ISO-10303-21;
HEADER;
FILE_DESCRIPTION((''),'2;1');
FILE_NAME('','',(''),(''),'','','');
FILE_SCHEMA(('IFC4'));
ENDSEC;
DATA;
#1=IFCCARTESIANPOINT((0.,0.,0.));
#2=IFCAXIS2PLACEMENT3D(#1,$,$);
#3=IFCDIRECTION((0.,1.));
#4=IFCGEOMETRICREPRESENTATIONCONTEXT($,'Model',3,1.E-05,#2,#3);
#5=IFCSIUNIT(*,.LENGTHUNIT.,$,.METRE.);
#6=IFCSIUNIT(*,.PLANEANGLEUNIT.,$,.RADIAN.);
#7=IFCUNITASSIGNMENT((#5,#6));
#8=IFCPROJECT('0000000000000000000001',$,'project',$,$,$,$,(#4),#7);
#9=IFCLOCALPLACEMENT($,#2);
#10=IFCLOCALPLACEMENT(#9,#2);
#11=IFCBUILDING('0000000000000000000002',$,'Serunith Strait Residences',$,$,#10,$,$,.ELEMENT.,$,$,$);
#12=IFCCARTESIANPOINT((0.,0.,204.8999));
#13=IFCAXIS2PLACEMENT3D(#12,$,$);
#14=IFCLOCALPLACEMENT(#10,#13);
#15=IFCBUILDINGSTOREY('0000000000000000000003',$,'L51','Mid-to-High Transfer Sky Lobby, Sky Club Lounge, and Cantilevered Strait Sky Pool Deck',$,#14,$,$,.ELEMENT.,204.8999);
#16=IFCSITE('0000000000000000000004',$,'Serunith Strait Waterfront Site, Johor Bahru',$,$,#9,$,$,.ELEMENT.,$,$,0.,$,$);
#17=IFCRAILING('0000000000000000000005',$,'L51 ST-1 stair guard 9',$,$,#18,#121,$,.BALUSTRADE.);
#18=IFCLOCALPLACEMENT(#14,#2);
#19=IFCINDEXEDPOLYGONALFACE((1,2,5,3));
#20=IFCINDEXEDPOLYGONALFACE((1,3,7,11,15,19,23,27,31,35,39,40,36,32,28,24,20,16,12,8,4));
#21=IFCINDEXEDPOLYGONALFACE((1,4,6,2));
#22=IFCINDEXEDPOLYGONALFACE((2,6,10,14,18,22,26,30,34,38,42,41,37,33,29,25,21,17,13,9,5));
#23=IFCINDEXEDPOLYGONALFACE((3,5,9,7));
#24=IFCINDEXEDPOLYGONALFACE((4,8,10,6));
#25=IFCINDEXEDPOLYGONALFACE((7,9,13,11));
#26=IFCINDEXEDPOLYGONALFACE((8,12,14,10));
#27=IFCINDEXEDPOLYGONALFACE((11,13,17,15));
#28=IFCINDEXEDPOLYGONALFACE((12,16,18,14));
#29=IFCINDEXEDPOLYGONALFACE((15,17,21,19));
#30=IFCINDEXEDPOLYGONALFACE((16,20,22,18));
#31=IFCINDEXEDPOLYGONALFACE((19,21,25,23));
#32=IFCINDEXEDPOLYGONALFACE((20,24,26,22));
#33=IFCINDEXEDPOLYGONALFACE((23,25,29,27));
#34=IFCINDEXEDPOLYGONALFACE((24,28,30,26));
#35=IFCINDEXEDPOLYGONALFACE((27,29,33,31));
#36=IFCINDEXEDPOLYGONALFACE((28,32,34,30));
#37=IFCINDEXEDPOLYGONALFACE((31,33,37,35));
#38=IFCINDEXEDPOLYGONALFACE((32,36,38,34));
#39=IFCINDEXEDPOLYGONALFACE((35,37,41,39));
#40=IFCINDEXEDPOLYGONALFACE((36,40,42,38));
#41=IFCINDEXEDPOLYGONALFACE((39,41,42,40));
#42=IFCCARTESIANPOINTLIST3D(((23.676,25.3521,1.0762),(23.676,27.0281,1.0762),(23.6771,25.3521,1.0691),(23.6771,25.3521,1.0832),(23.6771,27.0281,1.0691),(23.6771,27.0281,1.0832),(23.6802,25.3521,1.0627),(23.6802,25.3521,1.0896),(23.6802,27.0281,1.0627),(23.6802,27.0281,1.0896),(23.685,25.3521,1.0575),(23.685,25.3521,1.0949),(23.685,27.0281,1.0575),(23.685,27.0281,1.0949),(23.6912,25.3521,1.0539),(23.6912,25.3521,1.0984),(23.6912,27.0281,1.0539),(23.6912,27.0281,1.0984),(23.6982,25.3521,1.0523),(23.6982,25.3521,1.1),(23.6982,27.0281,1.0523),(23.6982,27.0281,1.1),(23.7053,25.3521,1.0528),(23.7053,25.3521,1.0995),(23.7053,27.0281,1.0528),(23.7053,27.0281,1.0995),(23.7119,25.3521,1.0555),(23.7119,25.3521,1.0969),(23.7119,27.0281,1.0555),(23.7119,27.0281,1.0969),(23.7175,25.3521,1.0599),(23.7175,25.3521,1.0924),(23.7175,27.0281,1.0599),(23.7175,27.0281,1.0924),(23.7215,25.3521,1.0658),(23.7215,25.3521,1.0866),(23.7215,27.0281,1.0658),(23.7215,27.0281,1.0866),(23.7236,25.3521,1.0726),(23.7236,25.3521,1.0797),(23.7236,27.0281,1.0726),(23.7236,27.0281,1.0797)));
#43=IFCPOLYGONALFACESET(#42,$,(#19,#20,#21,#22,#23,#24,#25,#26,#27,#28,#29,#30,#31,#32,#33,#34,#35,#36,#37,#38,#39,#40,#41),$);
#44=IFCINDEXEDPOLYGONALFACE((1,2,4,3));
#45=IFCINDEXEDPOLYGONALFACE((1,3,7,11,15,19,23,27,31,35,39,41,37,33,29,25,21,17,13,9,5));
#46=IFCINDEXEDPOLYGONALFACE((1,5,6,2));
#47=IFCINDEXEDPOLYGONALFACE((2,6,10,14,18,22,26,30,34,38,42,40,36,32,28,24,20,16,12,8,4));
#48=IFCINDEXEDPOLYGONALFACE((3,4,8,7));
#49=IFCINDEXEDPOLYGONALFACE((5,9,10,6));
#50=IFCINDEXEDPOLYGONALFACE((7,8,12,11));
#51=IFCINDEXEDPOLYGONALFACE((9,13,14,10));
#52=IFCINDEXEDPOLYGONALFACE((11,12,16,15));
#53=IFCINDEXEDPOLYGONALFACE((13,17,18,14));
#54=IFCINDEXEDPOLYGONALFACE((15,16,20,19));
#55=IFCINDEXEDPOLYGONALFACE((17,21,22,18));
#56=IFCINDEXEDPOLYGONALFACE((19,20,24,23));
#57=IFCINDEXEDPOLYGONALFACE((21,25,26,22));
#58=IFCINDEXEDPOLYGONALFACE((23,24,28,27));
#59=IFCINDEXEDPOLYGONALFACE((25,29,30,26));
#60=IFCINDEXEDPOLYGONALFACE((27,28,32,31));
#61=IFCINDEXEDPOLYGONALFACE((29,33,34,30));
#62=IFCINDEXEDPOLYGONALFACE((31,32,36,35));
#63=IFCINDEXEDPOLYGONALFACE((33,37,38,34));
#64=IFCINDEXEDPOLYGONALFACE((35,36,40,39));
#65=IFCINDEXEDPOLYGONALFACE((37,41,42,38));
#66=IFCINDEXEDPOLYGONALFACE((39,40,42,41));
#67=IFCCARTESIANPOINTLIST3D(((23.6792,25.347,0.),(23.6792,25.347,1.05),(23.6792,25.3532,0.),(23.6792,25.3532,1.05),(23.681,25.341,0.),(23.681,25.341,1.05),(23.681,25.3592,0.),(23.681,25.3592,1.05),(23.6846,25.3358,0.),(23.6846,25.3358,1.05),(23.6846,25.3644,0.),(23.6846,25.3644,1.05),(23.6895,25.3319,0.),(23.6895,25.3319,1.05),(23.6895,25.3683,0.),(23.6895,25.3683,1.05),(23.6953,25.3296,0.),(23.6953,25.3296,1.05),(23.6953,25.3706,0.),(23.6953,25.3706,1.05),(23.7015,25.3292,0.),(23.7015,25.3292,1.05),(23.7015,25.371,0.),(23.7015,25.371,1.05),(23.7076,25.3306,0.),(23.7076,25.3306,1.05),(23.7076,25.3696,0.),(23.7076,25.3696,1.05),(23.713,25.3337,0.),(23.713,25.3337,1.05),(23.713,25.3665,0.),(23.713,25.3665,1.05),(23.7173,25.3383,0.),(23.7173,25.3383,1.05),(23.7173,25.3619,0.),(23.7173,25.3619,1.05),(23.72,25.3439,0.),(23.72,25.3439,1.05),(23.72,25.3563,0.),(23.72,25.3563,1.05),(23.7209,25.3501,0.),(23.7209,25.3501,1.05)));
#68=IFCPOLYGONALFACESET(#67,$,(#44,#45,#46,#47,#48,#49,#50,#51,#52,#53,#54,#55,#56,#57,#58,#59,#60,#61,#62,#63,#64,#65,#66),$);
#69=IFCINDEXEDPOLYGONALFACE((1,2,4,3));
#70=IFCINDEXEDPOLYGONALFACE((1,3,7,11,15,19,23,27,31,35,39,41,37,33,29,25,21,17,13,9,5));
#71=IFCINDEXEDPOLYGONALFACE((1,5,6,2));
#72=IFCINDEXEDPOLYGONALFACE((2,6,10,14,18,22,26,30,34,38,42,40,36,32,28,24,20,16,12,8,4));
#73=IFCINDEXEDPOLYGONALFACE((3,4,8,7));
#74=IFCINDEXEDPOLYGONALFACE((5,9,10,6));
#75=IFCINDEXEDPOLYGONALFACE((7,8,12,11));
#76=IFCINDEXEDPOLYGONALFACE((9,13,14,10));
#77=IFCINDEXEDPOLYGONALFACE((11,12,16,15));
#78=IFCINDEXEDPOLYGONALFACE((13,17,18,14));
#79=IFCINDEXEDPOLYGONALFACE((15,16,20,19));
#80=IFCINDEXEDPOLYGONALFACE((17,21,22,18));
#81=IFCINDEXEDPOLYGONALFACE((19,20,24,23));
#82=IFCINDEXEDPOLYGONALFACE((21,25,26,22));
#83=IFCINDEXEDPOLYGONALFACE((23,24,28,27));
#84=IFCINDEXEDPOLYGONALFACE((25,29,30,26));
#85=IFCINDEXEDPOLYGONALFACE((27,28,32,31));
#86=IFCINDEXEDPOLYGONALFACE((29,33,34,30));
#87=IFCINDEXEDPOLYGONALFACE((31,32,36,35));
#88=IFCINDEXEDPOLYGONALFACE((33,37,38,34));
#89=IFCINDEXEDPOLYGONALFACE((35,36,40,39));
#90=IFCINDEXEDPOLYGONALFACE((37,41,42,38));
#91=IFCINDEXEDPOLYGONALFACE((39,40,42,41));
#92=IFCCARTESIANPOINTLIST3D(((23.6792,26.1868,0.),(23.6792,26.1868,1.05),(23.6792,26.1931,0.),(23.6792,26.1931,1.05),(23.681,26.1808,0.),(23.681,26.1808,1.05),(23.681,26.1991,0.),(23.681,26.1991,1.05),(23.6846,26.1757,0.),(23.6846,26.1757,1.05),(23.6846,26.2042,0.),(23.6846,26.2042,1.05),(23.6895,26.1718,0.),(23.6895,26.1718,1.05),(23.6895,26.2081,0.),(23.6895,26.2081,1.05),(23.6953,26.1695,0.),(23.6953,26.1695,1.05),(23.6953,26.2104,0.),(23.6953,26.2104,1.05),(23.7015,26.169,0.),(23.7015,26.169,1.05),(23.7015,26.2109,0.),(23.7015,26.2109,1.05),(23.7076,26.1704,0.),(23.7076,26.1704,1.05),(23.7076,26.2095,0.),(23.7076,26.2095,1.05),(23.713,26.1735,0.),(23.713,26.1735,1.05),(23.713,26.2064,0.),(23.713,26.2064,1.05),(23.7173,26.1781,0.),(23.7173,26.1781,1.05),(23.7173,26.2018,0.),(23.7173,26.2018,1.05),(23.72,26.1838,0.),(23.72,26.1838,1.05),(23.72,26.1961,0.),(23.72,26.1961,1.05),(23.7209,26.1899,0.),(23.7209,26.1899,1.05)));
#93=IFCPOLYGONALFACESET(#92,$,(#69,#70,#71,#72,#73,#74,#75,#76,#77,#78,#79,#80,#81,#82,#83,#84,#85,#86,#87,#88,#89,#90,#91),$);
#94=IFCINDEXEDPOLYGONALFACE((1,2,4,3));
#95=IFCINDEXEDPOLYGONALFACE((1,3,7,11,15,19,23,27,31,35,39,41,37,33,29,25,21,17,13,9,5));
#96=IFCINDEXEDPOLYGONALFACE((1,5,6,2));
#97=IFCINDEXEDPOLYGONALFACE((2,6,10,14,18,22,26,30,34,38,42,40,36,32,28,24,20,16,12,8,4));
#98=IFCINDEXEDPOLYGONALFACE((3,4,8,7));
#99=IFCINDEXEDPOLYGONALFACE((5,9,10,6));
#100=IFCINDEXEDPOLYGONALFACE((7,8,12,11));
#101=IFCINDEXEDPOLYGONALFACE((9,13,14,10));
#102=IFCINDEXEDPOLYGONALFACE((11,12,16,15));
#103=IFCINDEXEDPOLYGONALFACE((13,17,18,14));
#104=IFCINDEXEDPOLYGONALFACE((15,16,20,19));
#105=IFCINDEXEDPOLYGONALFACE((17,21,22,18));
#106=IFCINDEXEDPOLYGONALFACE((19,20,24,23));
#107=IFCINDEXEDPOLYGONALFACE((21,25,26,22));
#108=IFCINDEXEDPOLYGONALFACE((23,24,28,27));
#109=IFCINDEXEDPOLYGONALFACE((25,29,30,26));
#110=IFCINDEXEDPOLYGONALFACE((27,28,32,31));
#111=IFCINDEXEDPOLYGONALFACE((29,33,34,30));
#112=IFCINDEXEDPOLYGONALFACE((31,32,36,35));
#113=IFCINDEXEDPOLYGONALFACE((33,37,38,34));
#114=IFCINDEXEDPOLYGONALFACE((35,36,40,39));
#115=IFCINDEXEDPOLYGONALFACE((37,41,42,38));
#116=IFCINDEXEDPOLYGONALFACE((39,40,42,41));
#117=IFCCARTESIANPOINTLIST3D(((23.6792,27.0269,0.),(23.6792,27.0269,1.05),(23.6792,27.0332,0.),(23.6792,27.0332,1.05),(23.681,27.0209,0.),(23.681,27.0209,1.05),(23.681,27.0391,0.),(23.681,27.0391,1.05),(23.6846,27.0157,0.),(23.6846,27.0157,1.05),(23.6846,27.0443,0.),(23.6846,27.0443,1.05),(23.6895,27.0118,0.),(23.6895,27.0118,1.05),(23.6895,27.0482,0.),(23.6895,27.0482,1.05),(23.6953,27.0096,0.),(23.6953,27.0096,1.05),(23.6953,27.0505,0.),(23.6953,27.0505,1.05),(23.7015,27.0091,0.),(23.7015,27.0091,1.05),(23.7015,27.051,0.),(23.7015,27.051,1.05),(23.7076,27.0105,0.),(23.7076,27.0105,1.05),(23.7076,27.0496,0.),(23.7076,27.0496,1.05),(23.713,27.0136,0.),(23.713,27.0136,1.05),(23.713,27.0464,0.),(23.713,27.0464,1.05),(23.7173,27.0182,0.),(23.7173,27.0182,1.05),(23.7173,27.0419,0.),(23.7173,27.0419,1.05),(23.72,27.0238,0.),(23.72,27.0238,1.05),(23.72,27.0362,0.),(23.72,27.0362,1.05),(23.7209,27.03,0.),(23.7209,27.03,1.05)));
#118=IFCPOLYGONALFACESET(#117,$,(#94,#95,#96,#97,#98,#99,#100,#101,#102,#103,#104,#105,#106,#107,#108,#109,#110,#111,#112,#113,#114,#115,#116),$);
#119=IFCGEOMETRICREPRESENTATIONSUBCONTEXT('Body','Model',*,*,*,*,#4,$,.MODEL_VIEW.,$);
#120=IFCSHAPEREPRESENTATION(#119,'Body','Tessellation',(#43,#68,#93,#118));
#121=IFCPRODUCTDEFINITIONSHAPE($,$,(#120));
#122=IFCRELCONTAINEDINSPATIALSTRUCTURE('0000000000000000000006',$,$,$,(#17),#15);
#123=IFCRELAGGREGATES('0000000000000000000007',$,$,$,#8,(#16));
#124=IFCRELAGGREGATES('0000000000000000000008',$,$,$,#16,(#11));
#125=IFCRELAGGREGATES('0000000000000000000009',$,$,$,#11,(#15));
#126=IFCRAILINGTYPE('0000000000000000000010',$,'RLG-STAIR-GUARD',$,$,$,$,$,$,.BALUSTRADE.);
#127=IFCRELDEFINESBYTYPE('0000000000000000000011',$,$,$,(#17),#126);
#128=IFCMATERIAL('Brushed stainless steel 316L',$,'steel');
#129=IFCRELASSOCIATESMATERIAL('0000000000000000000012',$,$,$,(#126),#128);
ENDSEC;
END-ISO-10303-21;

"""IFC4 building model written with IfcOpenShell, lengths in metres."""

from ifc_helpers import new_model, si_unit, direction, frame, origin, origin_2d, place, context, subcontext, project, spatial, circle, extrude, material, type_object, element, save


model = new_model("IFC4")

# Units and contexts
model_context = context("Model", 3, precision=1e-05, world=origin(), true_north=direction((0.0, 1.0)))
body_context = subcontext(model_context, "Body", "Model", "MODEL_VIEW")
ifc_project = project(units=[si_unit("LENGTHUNIT", "METRE"), si_unit("PLANEANGLEUNIT", "RADIAN")], contexts=[model_context])

# Site, building, storey
site_placement = place(None, origin())
site = spatial("IfcSite", under=ifc_project, at=site_placement, Name="Serunith Strait Waterfront Site, Johor Bahru", CompositionType="ELEMENT", RefElevation=0.0)
building_placement = place(site_placement, origin())
building = spatial("IfcBuilding", under=site, at=building_placement, Name="Serunith Strait Residences", CompositionType="ELEMENT")
storey_placement = place(building_placement, frame((0.0, 0.0, 204.8999)))
storey = spatial("IfcBuildingStorey", under=building, at=storey_placement, Name="L51", Description="Mid-to-High Transfer Sky Lobby, Sky Club Lounge, and Cantilevered Strait Sky Pool Deck", CompositionType="ELEMENT", Elevation=204.8999)

# Railing
ifc_material_1 = material(Name="Brushed stainless steel 316L", Category="steel")
railing_type_1 = type_object("IfcRailingType", Name="RLG-STAIR-GUARD", PredefinedType="BALUSTRADE", material=ifc_material_1)
for number, where, name in (
    (1, (23.7, 25.3501, 0.0), "L51 ST-1 stair guard 9"),
):
    element("IfcRailing", number, at=place(storey_placement, frame(where)), inside=storey, type_object=railing_type_1, Name=name, PredefinedType="BALUSTRADE", context=body_context, shape_type="SweptSolid", body=[
        extrude(circle(Radius=0.0239, at=origin_2d()), frame((0.0, 0.002, 1.0762), z_axis=(0.0, 1.0, 0.0), x_axis=(-1.0, 0.0, 0.0)), (0.0, 0.0, 1.0), 1.676),
        extrude(circle(Radius=0.021, at=origin_2d()), origin(), (0.0, 0.0, 1.0), 1.05),
        extrude(circle(Radius=0.021, at=origin_2d()), frame((0.0, 0.8398, 0.0)), (0.0, 0.0, 1.0), 1.05),
        extrude(circle(Radius=0.021, at=origin_2d()), frame((0.0, 1.6799, 0.0)), (0.0, 0.0, 1.0), 1.05),
    ])

save(model, "model.ifc")
